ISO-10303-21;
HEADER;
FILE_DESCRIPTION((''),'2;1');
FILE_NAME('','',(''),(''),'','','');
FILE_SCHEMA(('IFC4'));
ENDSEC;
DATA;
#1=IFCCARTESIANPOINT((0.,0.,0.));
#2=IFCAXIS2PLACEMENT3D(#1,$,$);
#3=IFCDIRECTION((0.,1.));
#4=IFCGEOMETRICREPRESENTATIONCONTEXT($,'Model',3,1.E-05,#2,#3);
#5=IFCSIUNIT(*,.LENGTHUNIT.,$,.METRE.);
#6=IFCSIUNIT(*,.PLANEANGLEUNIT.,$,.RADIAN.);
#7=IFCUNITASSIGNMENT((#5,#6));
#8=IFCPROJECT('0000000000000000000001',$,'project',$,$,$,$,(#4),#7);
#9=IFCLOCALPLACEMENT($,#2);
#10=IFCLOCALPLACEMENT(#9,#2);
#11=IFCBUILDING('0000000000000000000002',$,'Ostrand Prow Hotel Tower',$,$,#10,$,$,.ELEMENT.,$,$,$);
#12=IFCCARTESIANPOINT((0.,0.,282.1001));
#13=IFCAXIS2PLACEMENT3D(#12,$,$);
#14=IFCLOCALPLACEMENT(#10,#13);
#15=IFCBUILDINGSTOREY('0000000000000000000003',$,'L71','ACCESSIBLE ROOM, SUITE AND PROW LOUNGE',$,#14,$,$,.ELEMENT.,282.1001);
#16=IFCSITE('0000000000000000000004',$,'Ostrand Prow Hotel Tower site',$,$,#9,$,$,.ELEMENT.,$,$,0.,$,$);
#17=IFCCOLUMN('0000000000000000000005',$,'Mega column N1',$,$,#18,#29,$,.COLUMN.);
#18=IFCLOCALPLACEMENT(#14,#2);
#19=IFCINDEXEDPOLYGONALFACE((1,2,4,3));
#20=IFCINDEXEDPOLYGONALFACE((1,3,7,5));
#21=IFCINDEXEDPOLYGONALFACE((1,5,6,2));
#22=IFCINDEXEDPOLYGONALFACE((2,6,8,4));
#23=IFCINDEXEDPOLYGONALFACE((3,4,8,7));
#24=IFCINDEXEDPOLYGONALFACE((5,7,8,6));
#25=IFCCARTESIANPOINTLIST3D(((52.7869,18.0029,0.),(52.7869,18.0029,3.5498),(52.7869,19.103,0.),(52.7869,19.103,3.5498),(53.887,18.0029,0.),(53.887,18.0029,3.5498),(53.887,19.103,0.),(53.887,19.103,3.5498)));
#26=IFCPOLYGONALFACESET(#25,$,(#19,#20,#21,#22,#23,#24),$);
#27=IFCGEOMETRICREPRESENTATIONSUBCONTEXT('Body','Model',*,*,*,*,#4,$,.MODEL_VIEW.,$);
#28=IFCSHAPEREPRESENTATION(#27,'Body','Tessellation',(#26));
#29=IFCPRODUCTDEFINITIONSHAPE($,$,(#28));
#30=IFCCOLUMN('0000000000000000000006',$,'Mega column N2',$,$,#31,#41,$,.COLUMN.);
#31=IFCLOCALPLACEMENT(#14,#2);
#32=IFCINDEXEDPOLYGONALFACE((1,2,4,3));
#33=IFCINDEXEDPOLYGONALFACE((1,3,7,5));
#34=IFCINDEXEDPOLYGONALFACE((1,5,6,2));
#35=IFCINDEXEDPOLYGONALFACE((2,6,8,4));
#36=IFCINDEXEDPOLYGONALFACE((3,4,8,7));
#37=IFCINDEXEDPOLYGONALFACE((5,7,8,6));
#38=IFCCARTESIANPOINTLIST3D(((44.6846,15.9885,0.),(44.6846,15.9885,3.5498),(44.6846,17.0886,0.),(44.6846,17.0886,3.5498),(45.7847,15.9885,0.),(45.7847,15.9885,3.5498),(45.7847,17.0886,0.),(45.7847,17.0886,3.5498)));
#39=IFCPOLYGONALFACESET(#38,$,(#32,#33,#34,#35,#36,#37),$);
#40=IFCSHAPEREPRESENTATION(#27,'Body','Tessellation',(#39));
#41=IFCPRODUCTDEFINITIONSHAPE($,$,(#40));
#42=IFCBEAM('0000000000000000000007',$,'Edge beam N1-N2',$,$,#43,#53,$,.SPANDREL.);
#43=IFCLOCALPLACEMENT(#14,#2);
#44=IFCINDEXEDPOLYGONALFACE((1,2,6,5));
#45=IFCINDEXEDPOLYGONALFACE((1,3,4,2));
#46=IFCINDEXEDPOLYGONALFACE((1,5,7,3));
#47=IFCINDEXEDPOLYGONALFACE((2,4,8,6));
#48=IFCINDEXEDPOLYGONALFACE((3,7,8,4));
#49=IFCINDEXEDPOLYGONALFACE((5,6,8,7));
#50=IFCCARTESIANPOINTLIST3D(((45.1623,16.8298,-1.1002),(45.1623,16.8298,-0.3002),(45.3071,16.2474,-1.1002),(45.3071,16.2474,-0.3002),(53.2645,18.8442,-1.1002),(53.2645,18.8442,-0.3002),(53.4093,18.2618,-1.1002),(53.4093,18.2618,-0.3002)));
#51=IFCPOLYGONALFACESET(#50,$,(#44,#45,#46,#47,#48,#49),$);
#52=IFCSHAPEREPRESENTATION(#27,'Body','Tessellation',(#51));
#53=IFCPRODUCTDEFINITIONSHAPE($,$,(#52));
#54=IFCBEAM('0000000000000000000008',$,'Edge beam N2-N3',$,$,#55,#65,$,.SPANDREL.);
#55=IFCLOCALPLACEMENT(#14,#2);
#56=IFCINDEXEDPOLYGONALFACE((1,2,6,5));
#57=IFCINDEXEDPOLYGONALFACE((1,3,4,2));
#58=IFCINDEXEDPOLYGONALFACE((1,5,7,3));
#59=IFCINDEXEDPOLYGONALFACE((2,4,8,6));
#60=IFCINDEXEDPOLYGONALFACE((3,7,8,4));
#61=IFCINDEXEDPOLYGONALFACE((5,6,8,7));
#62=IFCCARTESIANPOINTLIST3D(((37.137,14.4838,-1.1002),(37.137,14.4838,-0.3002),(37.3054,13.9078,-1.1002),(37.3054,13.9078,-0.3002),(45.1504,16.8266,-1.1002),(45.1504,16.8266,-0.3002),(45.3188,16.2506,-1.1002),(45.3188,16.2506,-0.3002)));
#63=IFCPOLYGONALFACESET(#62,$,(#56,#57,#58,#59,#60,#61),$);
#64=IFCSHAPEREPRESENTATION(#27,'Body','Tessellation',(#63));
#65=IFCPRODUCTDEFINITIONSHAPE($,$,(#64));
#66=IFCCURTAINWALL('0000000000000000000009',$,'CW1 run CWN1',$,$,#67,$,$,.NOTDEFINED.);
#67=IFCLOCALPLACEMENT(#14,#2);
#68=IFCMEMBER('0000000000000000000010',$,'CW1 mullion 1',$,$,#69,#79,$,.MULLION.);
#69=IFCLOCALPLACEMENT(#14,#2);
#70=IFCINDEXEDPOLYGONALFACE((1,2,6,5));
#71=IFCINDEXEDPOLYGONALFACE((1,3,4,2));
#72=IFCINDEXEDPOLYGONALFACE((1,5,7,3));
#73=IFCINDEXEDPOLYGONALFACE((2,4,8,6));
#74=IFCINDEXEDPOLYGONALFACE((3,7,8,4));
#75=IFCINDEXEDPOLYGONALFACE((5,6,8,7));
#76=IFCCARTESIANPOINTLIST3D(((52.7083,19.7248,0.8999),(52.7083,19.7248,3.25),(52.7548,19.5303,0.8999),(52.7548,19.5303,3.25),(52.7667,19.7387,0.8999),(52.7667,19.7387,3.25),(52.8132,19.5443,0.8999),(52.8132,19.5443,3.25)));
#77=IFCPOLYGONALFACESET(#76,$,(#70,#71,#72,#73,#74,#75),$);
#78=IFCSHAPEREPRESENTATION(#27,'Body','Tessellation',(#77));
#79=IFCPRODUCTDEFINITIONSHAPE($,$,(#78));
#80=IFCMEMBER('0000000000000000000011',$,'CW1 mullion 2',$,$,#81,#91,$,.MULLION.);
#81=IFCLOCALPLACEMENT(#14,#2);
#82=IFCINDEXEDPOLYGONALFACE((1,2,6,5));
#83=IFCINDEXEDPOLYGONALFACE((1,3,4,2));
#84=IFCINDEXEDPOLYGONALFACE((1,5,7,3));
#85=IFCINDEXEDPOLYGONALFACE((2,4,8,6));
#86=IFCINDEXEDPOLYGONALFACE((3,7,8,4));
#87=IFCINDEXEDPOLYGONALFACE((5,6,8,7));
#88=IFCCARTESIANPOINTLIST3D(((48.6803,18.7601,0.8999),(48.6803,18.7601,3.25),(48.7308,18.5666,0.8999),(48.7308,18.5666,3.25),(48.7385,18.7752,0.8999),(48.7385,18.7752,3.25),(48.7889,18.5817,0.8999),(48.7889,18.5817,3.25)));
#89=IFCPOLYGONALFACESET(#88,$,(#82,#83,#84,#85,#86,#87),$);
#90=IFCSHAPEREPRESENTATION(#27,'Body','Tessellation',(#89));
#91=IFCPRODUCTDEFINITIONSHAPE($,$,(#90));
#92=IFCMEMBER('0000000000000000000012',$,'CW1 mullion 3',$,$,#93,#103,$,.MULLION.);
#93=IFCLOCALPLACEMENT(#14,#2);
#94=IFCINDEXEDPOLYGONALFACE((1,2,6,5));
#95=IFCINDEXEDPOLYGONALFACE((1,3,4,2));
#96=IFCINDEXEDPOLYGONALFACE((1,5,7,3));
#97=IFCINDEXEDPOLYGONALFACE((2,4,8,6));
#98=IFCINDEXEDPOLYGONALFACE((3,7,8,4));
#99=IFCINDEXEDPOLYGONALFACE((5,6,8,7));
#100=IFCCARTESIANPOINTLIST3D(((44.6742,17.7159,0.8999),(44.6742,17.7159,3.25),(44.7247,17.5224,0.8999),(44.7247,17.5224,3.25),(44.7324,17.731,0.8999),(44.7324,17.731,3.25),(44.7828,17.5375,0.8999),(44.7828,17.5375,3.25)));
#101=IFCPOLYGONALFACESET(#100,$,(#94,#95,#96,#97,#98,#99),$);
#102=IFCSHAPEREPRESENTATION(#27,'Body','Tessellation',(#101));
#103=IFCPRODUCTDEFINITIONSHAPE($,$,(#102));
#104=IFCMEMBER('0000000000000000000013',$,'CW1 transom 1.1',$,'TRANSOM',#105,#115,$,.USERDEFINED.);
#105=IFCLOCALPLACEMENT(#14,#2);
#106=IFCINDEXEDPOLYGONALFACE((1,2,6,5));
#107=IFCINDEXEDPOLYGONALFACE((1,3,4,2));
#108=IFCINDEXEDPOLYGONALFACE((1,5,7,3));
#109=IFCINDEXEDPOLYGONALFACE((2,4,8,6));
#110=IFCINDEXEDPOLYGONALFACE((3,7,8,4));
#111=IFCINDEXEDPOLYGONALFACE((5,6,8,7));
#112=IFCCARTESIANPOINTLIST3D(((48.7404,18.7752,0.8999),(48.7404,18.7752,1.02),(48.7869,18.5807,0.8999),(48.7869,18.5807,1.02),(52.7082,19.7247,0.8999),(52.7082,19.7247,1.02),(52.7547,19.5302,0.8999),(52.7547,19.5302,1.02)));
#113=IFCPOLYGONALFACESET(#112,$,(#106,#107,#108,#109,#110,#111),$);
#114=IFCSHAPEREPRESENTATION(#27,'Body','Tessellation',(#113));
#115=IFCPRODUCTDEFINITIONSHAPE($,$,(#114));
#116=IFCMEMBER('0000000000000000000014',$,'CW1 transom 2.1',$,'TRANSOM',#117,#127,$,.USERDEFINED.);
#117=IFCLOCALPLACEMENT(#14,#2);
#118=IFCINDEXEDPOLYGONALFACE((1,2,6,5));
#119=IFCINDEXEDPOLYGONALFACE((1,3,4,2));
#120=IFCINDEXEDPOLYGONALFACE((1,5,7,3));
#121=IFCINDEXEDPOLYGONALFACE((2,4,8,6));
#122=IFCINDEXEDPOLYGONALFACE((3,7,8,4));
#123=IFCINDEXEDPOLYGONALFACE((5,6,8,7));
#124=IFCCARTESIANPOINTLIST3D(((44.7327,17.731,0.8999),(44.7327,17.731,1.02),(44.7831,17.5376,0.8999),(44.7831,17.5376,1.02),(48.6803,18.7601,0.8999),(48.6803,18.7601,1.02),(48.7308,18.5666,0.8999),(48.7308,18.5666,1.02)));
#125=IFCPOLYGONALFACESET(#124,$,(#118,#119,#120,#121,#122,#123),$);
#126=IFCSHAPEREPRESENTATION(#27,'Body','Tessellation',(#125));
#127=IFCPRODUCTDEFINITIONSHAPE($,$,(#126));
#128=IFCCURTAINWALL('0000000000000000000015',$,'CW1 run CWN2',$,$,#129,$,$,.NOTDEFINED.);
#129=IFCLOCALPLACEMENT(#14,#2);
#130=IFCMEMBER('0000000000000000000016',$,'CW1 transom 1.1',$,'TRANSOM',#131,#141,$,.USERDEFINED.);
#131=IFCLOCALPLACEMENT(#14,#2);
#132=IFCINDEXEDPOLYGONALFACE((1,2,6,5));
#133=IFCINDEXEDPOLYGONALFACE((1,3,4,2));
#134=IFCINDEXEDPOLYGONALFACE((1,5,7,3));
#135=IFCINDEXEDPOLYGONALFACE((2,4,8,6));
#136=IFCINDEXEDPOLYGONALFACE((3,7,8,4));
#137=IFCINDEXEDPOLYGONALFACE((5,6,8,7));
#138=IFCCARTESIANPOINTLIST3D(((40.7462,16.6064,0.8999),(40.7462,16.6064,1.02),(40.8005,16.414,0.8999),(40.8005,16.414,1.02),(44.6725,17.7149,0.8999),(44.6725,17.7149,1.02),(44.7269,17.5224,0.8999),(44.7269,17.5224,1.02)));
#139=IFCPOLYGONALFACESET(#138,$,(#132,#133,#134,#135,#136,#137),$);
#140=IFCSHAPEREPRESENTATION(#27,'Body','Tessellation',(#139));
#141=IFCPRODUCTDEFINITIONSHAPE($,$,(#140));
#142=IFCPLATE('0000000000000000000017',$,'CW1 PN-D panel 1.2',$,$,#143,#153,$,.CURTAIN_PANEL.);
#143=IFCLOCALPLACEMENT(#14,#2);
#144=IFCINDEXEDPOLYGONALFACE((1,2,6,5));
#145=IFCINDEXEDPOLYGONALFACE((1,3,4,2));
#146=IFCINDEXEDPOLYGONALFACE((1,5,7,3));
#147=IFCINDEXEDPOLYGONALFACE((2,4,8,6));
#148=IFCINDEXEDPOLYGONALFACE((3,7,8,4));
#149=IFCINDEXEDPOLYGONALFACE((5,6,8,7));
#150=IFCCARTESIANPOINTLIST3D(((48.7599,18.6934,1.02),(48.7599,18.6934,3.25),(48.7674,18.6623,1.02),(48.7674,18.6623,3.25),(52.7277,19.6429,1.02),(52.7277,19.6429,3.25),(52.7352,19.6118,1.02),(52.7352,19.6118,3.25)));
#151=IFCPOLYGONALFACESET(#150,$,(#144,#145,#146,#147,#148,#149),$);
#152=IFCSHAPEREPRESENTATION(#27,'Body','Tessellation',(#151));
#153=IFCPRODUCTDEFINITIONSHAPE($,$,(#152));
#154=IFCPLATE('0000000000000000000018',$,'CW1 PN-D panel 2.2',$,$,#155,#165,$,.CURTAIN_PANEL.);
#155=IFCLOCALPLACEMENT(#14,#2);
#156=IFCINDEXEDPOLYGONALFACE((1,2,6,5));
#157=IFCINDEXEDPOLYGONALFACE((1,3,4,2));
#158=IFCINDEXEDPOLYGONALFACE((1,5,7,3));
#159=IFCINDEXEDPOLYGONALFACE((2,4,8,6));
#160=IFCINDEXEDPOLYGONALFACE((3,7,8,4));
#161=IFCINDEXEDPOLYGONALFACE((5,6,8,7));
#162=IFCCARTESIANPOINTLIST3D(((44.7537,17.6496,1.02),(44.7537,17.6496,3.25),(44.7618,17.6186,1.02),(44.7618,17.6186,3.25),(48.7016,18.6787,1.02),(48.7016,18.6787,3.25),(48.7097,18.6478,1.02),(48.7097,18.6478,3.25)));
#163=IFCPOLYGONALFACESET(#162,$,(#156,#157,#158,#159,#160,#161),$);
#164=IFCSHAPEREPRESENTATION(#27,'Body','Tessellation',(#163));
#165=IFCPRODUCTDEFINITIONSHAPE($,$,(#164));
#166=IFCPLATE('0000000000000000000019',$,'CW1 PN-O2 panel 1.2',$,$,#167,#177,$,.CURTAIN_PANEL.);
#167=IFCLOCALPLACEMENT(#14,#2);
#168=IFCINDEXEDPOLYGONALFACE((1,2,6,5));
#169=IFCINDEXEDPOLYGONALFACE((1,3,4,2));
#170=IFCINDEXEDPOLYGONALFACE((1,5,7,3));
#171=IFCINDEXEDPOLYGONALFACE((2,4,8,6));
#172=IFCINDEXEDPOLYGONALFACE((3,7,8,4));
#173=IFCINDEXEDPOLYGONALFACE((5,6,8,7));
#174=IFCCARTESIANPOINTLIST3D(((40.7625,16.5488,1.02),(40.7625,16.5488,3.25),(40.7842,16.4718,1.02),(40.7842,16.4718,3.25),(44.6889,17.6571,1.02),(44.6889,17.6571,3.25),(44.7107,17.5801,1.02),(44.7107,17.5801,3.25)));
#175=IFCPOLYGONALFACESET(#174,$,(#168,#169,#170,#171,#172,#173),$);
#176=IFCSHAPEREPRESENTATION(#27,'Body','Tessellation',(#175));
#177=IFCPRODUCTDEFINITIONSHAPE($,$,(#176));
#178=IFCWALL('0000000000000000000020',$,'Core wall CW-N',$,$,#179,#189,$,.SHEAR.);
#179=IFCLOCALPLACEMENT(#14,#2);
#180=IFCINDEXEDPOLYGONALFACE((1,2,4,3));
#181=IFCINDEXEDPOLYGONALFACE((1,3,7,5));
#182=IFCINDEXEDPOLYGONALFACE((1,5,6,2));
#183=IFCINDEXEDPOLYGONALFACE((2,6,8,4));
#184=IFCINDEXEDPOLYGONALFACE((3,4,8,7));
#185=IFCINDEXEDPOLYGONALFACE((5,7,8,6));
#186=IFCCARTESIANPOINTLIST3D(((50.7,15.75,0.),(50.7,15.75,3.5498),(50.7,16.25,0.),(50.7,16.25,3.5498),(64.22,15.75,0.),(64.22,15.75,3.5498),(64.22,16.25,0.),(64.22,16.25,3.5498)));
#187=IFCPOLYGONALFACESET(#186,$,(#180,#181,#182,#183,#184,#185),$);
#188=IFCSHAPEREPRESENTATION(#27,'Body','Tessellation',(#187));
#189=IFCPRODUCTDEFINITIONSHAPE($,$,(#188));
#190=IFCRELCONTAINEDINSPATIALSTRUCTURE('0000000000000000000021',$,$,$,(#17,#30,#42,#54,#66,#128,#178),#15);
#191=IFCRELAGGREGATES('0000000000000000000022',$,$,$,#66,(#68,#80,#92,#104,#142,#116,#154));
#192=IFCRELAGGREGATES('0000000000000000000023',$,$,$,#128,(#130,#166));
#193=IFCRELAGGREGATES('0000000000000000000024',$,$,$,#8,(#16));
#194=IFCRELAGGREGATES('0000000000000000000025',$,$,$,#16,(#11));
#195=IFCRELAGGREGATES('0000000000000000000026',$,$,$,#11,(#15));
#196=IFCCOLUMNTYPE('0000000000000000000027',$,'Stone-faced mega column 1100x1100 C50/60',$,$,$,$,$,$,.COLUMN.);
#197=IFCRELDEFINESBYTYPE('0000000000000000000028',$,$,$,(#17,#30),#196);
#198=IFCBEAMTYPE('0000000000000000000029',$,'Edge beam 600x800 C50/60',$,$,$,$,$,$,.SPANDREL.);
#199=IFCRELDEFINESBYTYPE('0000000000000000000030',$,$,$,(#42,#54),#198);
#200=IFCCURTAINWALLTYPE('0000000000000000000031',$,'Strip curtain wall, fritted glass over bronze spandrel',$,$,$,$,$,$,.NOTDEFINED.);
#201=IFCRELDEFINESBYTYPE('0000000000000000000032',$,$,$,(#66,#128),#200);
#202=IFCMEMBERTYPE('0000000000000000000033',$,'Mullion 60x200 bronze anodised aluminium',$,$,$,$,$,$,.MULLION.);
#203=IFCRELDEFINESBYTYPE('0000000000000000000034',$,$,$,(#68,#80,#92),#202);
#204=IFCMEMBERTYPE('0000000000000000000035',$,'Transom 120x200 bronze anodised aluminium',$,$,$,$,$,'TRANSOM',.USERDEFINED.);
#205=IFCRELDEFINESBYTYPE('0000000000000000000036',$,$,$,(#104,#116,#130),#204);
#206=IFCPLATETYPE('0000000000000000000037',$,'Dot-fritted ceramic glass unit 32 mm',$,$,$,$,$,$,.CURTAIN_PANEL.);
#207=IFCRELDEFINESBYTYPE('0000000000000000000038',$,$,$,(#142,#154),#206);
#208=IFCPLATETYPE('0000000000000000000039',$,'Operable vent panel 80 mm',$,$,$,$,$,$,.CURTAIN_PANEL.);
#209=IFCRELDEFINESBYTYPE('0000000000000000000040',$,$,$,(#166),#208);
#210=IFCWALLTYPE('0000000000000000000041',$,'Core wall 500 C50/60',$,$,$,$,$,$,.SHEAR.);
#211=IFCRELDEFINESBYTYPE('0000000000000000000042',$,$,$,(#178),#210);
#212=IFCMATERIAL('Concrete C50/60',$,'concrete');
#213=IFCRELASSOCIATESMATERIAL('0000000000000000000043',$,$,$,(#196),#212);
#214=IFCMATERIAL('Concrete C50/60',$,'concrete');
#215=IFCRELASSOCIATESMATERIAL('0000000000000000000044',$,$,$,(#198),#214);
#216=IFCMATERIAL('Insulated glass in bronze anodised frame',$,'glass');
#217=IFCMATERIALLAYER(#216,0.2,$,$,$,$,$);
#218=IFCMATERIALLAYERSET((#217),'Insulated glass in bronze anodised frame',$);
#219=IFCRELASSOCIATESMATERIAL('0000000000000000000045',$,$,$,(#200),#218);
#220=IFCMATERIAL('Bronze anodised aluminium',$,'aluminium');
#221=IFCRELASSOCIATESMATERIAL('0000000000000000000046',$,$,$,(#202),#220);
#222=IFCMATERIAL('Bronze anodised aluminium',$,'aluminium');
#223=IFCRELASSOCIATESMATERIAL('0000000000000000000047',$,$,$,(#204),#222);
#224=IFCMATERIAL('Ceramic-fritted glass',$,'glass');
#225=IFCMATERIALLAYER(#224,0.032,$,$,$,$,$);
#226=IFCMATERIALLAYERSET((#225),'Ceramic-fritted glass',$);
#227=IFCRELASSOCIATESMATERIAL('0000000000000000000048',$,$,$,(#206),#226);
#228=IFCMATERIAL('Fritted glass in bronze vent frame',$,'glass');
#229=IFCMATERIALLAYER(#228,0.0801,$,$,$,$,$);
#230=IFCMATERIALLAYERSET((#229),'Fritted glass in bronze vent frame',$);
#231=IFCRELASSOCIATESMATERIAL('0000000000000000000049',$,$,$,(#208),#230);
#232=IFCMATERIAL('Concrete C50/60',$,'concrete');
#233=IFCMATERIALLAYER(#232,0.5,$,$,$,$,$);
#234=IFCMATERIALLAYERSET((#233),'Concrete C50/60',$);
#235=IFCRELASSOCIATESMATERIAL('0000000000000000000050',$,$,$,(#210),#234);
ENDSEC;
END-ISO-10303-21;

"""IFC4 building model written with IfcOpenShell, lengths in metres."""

from ifc_helpers import new_model, si_unit, direction, frame, frame_2d, origin, origin_2d, place, context, subcontext, project, spatial, rectangle, extrude, material, layer, layer_set, material_profile, profile_set, type_object, element, aggregate, save


model = new_model("IFC4")

# Units and contexts
model_context = context("Model", 3, precision=1e-05, world=origin(), true_north=direction((0.0, 1.0)))
body_context = subcontext(model_context, "Body", "Model", "MODEL_VIEW")
ifc_project = project(units=[si_unit("LENGTHUNIT", "METRE"), si_unit("PLANEANGLEUNIT", "RADIAN")], contexts=[model_context])

# Site, building, storey
site_placement = place(None, origin())
site = spatial("IfcSite", under=ifc_project, at=site_placement, Name="Ostrand Prow Hotel Tower site", CompositionType="ELEMENT", RefElevation=0.0)
building_placement = place(site_placement, origin())
building = spatial("IfcBuilding", under=site, at=building_placement, Name="Ostrand Prow Hotel Tower", CompositionType="ELEMENT")
storey_placement = place(building_placement, frame((0.0, 0.0, 282.1001)))
storey = spatial("IfcBuildingStorey", under=building, at=storey_placement, Name="L71", Description="ACCESSIBLE ROOM, SUITE AND PROW LOUNGE", CompositionType="ELEMENT", Elevation=282.1001)

# Columns
ifc_material_1 = material(Name="Concrete C50/60", Category="concrete")
ifc_material_profile_1 = material_profile(ifc_material_1, rectangle(XDim=1.1001, YDim=1.1001, at=origin_2d()), Name="RC 1100x1100")
ifc_profile_set_1 = profile_set([ifc_material_profile_1], Name="Concrete C50/60")
column_type = type_object("IfcColumnType", Name="Stone-faced mega column 1100x1100 C50/60", PredefinedType="COLUMN", material=ifc_profile_set_1)
for number, where, z_axis, x_axis, name in (
    (1, (53.3369, 18.553, 0.0), (0.0, 0.0, 1.0), (1.0, 0.0, 0.0), "Mega column N1"),
    (2, (45.2346, 16.5386, 0.0), (0.0, 0.0, 1.0), (1.0, 0.0, 0.0), "Mega column N2"),
):
    element("IfcColumn", number, at=place(storey_placement, frame(where, z_axis=z_axis, x_axis=x_axis)), inside=storey, type_object=column_type, Name=name, PredefinedType="COLUMN", context=body_context, shape_type="SweptSolid", body=[
        extrude(rectangle(XDim=1.1001, YDim=1.1001, at=origin_2d()), origin(), (0.0, 0.0, 1.0), 3.5498),
    ])

# Beams
ifc_material_2 = material(Name="Concrete C50/60", Category="concrete")
ifc_material_profile_2 = material_profile(ifc_material_2, rectangle(XDim=0.6001, YDim=0.8, at=origin_2d()), Name="RC 600x800")
ifc_profile_set_2 = profile_set([ifc_material_profile_2], Name="Concrete C50/60")
beam_type = type_object("IfcBeamType", Name="Edge beam 600x800 C50/60", PredefinedType="SPANDREL", material=ifc_profile_set_2)
for number, where, z_axis, x_axis, name in (
    (3, (53.3369, 18.553, -0.7002), (-0.970456, -0.241276, 0.0), (0.241276, -0.970456, 0.0), "Edge beam N1-N2"),
    (4, (45.2346, 16.5386, -0.7002), (-0.959822, -0.28061, 0.0), (0.28061, -0.959822, 0.0), "Edge beam N2-N3"),
):
    element("IfcBeam", number, at=place(storey_placement, frame(where, z_axis=z_axis, x_axis=x_axis)), inside=storey, type_object=beam_type, Name=name, PredefinedType="SPANDREL", context=body_context, shape_type="SweptSolid", body=[
        extrude(rectangle(XDim=0.6001, YDim=0.8, at=origin_2d()), origin(), (0.0, 0.0, 1.0), 8.3489),
    ])

# Curtain wall, members
ifc_material_3 = material(Name="Insulated glass in bronze anodised frame", Category="glass")
ifc_layer_1 = layer(ifc_material_3, 0.2)
ifc_layer_set_1 = layer_set([ifc_layer_1], Name="Insulated glass in bronze anodised frame")
curtain_wall_type = type_object("IfcCurtainWallType", Name="Strip curtain wall, fritted glass over bronze spandrel", PredefinedType="NOTDEFINED", material=ifc_layer_set_1)
curtain_wall_1_placement = place(storey_placement, origin())
curtain_wall_1 = element("IfcCurtainWall", 5, at=curtain_wall_1_placement, inside=storey, type_object=curtain_wall_type, Name="CW1 run CWN1", PredefinedType="NOTDEFINED")
ifc_material_4 = material(Name="Bronze anodised aluminium", Category="aluminium")
ifc_material_profile_3 = material_profile(ifc_material_4, rectangle(XDim=0.2, YDim=0.0601, at=origin_2d()), Name="Mullion 60x200 bronze anodised aluminium")
ifc_profile_set_3 = profile_set([ifc_material_profile_3], Name="Bronze anodised aluminium")
member_type_1 = type_object("IfcMemberType", Name="Mullion 60x200 bronze anodised aluminium", PredefinedType="MULLION", material=ifc_profile_set_3)
member_1_placement = place(storey_placement, frame((52.7607, 19.6345, 0.8999), z_axis=(0.0, 0.0, 1.0), x_axis=(0.232746, -0.972538, 0.0)))
member_1 = element("IfcMember", 6, at=member_1_placement, type_object=member_type_1, Name="CW1 mullion 1", PredefinedType="MULLION", context=body_context, shape_type="SweptSolid", body=[
    extrude(rectangle(XDim=0.2, YDim=0.0601, at=origin_2d()), origin(), (0.0, 0.0, 1.0), 2.3501),
])
member_2_placement = place(storey_placement, frame((48.7346, 18.6709, 0.8999), z_axis=(0.0, 0.0, 1.0), x_axis=(0.252248, -0.967663, 0.0)))
member_2 = element("IfcMember", 7, at=member_2_placement, type_object=member_type_1, Name="CW1 mullion 2", PredefinedType="MULLION", context=body_context, shape_type="SweptSolid", body=[
    extrude(rectangle(XDim=0.2, YDim=0.0601, at=origin_2d()), origin(), (0.0, 0.0, 1.0), 2.3501),
])
member_3_placement = place(storey_placement, frame((44.7285, 17.6267, 0.8999), z_axis=(0.0, 0.0, 1.0), x_axis=(0.252248, -0.967663, 0.0)))
member_3 = element("IfcMember", 8, at=member_3_placement, type_object=member_type_1, Name="CW1 mullion 3", PredefinedType="MULLION", context=body_context, shape_type="SweptSolid", body=[
    extrude(rectangle(XDim=0.2, YDim=0.0601, at=origin_2d()), origin(), (0.0, 0.0, 1.0), 2.3501),
])
ifc_material_5 = material(Name="Bronze anodised aluminium", Category="aluminium")
ifc_material_profile_4 = material_profile(ifc_material_5, rectangle(XDim=0.2, YDim=0.1201, at=origin_2d()), Name="Transom 120x200 bronze anodised aluminium")
ifc_profile_set_4 = profile_set([ifc_material_profile_4], Name="Bronze anodised aluminium")
member_type_2 = type_object("IfcMemberType", Name="Transom 120x200 bronze anodised aluminium", ElementType="TRANSOM", PredefinedType="USERDEFINED", material=ifc_profile_set_4)
member_4_placement = place(storey_placement, frame((52.7314, 19.6274, 0.96), z_axis=(-0.972543, -0.232723, 0.0), x_axis=(0.232723, -0.972543, 0.0)))
member_4 = element("IfcMember", 9, at=member_4_placement, type_object=member_type_2, Name="CW1 transom 1.1", ObjectType="TRANSOM", PredefinedType="USERDEFINED", context=body_context, shape_type="SweptSolid", body=[
    extrude(rectangle(XDim=0.2, YDim=0.1201, at=origin_2d()), origin(), (0.0, 0.0, 1.0), 4.0798),
])
member_5_placement = place(storey_placement, frame((48.7056, 18.6633, 0.96), z_axis=(-0.967665, -0.252239, 0.0), x_axis=(0.252239, -0.967665, 0.0)))
member_5 = element("IfcMember", 10, at=member_5_placement, type_object=member_type_2, Name="CW1 transom 2.1", ObjectType="TRANSOM", PredefinedType="USERDEFINED", context=body_context, shape_type="SweptSolid", body=[
    extrude(rectangle(XDim=0.2, YDim=0.1201, at=origin_2d()), origin(), (0.0, 0.0, 1.0), 4.0796),
])

# Curtain wall, member
curtain_wall_2_placement = place(storey_placement, origin())
curtain_wall_2 = element("IfcCurtainWall", 11, at=curtain_wall_2_placement, inside=storey, type_object=curtain_wall_type, Name="CW1 run CWN2", PredefinedType="NOTDEFINED")
member_6_placement = place(storey_placement, frame((44.6997, 17.6187, 0.96), z_axis=(-0.962386, -0.271685, 0.0), x_axis=(0.271685, -0.962386, 0.0)))
member_6 = element("IfcMember", 12, at=member_6_placement, type_object=member_type_2, Name="CW1 transom 1.1", ObjectType="TRANSOM", PredefinedType="USERDEFINED", context=body_context, shape_type="SweptSolid", body=[
    extrude(rectangle(XDim=0.2, YDim=0.1201, at=origin_2d()), origin(), (0.0, 0.0, 1.0), 4.0798),
])

# Plates
ifc_material_6 = material(Name="Ceramic-fritted glass", Category="glass")
ifc_layer_2 = layer(ifc_material_6, 0.032)
ifc_layer_set_2 = layer_set([ifc_layer_2], Name="Ceramic-fritted glass")
plate_type_1 = type_object("IfcPlateType", Name="Dot-fritted ceramic glass unit 32 mm", PredefinedType="CURTAIN_PANEL", material=ifc_layer_set_2)
plate_1_placement = place(storey_placement, frame((50.7476, 19.1526, 1.02), z_axis=(0.0, 0.0, 1.0), x_axis=(-0.972538, -0.232746, 0.0)))
plate_1 = element("IfcPlate", 13, at=plate_1_placement, type_object=plate_type_1, Name="CW1 PN-D panel 1.2", PredefinedType="CURTAIN_PANEL", context=body_context, shape_type="SweptSolid", body=[
    extrude(rectangle(XDim=4.0798, YDim=0.032, at=origin_2d()), origin(), (0.0, 0.0, 1.0), 2.23),
])
plate_2_placement = place(storey_placement, frame((46.7317, 18.1487, 1.02), z_axis=(0.0, 0.0, 1.0), x_axis=(-0.967663, -0.252248, 0.0)))
plate_2 = element("IfcPlate", 14, at=plate_2_placement, type_object=plate_type_1, Name="CW1 PN-D panel 2.2", PredefinedType="CURTAIN_PANEL", context=body_context, shape_type="SweptSolid", body=[
    extrude(rectangle(XDim=4.0798, YDim=0.032, at=origin_2d()), origin(), (0.0, 0.0, 1.0), 2.23),
])
aggregate(curtain_wall_1, [member_1, member_2, member_3, member_4, plate_1, member_5, plate_2])
ifc_material_7 = material(Name="Fritted glass in bronze vent frame", Category="glass")
ifc_layer_3 = layer(ifc_material_7, 0.0801)
ifc_layer_set_3 = layer_set([ifc_layer_3], Name="Fritted glass in bronze vent frame")
plate_type_2 = type_object("IfcPlateType", Name="Operable vent panel 80 mm", PredefinedType="CURTAIN_PANEL", material=ifc_layer_set_3)
plate_3_placement = place(storey_placement, frame((42.7366, 17.0645, 1.02), z_axis=(0.0, 0.0, 1.0), x_axis=(-0.962396, -0.271649, 0.0)))
plate_3 = element("IfcPlate", 15, at=plate_3_placement, type_object=plate_type_2, Name="CW1 PN-O2 panel 1.2", PredefinedType="CURTAIN_PANEL", context=body_context, shape_type="SweptSolid", body=[
    extrude(rectangle(XDim=4.0798, YDim=0.0801, at=origin_2d()), origin(), (0.0, 0.0, 1.0), 2.23),
])
aggregate(curtain_wall_2, [member_6, plate_3])

# Wall
ifc_material_8 = material(Name="Concrete C50/60", Category="concrete")
ifc_layer_4 = layer(ifc_material_8, 0.5)
ifc_layer_set_4 = layer_set([ifc_layer_4], Name="Concrete C50/60")
wall_type_1 = type_object("IfcWallType", Name="Core wall 500 C50/60", PredefinedType="SHEAR", material=ifc_layer_set_4)
wall_1_placement = place(storey_placement, frame((50.7, 16.0, 0.0), z_axis=(0.0, 0.0, 1.0), x_axis=(1.0, 0.0, 0.0)))
element("IfcWall", 16, at=wall_1_placement, inside=storey, type_object=wall_type_1, Name="Core wall CW-N", PredefinedType="SHEAR", context=body_context, shape_type="SweptSolid", body=[
    extrude(rectangle(XDim=13.52, YDim=0.5, at=frame_2d((6.76, 0.0))), origin(), (0.0, 0.0, 1.0), 3.5498),
])

save(model, "model.ifc")
